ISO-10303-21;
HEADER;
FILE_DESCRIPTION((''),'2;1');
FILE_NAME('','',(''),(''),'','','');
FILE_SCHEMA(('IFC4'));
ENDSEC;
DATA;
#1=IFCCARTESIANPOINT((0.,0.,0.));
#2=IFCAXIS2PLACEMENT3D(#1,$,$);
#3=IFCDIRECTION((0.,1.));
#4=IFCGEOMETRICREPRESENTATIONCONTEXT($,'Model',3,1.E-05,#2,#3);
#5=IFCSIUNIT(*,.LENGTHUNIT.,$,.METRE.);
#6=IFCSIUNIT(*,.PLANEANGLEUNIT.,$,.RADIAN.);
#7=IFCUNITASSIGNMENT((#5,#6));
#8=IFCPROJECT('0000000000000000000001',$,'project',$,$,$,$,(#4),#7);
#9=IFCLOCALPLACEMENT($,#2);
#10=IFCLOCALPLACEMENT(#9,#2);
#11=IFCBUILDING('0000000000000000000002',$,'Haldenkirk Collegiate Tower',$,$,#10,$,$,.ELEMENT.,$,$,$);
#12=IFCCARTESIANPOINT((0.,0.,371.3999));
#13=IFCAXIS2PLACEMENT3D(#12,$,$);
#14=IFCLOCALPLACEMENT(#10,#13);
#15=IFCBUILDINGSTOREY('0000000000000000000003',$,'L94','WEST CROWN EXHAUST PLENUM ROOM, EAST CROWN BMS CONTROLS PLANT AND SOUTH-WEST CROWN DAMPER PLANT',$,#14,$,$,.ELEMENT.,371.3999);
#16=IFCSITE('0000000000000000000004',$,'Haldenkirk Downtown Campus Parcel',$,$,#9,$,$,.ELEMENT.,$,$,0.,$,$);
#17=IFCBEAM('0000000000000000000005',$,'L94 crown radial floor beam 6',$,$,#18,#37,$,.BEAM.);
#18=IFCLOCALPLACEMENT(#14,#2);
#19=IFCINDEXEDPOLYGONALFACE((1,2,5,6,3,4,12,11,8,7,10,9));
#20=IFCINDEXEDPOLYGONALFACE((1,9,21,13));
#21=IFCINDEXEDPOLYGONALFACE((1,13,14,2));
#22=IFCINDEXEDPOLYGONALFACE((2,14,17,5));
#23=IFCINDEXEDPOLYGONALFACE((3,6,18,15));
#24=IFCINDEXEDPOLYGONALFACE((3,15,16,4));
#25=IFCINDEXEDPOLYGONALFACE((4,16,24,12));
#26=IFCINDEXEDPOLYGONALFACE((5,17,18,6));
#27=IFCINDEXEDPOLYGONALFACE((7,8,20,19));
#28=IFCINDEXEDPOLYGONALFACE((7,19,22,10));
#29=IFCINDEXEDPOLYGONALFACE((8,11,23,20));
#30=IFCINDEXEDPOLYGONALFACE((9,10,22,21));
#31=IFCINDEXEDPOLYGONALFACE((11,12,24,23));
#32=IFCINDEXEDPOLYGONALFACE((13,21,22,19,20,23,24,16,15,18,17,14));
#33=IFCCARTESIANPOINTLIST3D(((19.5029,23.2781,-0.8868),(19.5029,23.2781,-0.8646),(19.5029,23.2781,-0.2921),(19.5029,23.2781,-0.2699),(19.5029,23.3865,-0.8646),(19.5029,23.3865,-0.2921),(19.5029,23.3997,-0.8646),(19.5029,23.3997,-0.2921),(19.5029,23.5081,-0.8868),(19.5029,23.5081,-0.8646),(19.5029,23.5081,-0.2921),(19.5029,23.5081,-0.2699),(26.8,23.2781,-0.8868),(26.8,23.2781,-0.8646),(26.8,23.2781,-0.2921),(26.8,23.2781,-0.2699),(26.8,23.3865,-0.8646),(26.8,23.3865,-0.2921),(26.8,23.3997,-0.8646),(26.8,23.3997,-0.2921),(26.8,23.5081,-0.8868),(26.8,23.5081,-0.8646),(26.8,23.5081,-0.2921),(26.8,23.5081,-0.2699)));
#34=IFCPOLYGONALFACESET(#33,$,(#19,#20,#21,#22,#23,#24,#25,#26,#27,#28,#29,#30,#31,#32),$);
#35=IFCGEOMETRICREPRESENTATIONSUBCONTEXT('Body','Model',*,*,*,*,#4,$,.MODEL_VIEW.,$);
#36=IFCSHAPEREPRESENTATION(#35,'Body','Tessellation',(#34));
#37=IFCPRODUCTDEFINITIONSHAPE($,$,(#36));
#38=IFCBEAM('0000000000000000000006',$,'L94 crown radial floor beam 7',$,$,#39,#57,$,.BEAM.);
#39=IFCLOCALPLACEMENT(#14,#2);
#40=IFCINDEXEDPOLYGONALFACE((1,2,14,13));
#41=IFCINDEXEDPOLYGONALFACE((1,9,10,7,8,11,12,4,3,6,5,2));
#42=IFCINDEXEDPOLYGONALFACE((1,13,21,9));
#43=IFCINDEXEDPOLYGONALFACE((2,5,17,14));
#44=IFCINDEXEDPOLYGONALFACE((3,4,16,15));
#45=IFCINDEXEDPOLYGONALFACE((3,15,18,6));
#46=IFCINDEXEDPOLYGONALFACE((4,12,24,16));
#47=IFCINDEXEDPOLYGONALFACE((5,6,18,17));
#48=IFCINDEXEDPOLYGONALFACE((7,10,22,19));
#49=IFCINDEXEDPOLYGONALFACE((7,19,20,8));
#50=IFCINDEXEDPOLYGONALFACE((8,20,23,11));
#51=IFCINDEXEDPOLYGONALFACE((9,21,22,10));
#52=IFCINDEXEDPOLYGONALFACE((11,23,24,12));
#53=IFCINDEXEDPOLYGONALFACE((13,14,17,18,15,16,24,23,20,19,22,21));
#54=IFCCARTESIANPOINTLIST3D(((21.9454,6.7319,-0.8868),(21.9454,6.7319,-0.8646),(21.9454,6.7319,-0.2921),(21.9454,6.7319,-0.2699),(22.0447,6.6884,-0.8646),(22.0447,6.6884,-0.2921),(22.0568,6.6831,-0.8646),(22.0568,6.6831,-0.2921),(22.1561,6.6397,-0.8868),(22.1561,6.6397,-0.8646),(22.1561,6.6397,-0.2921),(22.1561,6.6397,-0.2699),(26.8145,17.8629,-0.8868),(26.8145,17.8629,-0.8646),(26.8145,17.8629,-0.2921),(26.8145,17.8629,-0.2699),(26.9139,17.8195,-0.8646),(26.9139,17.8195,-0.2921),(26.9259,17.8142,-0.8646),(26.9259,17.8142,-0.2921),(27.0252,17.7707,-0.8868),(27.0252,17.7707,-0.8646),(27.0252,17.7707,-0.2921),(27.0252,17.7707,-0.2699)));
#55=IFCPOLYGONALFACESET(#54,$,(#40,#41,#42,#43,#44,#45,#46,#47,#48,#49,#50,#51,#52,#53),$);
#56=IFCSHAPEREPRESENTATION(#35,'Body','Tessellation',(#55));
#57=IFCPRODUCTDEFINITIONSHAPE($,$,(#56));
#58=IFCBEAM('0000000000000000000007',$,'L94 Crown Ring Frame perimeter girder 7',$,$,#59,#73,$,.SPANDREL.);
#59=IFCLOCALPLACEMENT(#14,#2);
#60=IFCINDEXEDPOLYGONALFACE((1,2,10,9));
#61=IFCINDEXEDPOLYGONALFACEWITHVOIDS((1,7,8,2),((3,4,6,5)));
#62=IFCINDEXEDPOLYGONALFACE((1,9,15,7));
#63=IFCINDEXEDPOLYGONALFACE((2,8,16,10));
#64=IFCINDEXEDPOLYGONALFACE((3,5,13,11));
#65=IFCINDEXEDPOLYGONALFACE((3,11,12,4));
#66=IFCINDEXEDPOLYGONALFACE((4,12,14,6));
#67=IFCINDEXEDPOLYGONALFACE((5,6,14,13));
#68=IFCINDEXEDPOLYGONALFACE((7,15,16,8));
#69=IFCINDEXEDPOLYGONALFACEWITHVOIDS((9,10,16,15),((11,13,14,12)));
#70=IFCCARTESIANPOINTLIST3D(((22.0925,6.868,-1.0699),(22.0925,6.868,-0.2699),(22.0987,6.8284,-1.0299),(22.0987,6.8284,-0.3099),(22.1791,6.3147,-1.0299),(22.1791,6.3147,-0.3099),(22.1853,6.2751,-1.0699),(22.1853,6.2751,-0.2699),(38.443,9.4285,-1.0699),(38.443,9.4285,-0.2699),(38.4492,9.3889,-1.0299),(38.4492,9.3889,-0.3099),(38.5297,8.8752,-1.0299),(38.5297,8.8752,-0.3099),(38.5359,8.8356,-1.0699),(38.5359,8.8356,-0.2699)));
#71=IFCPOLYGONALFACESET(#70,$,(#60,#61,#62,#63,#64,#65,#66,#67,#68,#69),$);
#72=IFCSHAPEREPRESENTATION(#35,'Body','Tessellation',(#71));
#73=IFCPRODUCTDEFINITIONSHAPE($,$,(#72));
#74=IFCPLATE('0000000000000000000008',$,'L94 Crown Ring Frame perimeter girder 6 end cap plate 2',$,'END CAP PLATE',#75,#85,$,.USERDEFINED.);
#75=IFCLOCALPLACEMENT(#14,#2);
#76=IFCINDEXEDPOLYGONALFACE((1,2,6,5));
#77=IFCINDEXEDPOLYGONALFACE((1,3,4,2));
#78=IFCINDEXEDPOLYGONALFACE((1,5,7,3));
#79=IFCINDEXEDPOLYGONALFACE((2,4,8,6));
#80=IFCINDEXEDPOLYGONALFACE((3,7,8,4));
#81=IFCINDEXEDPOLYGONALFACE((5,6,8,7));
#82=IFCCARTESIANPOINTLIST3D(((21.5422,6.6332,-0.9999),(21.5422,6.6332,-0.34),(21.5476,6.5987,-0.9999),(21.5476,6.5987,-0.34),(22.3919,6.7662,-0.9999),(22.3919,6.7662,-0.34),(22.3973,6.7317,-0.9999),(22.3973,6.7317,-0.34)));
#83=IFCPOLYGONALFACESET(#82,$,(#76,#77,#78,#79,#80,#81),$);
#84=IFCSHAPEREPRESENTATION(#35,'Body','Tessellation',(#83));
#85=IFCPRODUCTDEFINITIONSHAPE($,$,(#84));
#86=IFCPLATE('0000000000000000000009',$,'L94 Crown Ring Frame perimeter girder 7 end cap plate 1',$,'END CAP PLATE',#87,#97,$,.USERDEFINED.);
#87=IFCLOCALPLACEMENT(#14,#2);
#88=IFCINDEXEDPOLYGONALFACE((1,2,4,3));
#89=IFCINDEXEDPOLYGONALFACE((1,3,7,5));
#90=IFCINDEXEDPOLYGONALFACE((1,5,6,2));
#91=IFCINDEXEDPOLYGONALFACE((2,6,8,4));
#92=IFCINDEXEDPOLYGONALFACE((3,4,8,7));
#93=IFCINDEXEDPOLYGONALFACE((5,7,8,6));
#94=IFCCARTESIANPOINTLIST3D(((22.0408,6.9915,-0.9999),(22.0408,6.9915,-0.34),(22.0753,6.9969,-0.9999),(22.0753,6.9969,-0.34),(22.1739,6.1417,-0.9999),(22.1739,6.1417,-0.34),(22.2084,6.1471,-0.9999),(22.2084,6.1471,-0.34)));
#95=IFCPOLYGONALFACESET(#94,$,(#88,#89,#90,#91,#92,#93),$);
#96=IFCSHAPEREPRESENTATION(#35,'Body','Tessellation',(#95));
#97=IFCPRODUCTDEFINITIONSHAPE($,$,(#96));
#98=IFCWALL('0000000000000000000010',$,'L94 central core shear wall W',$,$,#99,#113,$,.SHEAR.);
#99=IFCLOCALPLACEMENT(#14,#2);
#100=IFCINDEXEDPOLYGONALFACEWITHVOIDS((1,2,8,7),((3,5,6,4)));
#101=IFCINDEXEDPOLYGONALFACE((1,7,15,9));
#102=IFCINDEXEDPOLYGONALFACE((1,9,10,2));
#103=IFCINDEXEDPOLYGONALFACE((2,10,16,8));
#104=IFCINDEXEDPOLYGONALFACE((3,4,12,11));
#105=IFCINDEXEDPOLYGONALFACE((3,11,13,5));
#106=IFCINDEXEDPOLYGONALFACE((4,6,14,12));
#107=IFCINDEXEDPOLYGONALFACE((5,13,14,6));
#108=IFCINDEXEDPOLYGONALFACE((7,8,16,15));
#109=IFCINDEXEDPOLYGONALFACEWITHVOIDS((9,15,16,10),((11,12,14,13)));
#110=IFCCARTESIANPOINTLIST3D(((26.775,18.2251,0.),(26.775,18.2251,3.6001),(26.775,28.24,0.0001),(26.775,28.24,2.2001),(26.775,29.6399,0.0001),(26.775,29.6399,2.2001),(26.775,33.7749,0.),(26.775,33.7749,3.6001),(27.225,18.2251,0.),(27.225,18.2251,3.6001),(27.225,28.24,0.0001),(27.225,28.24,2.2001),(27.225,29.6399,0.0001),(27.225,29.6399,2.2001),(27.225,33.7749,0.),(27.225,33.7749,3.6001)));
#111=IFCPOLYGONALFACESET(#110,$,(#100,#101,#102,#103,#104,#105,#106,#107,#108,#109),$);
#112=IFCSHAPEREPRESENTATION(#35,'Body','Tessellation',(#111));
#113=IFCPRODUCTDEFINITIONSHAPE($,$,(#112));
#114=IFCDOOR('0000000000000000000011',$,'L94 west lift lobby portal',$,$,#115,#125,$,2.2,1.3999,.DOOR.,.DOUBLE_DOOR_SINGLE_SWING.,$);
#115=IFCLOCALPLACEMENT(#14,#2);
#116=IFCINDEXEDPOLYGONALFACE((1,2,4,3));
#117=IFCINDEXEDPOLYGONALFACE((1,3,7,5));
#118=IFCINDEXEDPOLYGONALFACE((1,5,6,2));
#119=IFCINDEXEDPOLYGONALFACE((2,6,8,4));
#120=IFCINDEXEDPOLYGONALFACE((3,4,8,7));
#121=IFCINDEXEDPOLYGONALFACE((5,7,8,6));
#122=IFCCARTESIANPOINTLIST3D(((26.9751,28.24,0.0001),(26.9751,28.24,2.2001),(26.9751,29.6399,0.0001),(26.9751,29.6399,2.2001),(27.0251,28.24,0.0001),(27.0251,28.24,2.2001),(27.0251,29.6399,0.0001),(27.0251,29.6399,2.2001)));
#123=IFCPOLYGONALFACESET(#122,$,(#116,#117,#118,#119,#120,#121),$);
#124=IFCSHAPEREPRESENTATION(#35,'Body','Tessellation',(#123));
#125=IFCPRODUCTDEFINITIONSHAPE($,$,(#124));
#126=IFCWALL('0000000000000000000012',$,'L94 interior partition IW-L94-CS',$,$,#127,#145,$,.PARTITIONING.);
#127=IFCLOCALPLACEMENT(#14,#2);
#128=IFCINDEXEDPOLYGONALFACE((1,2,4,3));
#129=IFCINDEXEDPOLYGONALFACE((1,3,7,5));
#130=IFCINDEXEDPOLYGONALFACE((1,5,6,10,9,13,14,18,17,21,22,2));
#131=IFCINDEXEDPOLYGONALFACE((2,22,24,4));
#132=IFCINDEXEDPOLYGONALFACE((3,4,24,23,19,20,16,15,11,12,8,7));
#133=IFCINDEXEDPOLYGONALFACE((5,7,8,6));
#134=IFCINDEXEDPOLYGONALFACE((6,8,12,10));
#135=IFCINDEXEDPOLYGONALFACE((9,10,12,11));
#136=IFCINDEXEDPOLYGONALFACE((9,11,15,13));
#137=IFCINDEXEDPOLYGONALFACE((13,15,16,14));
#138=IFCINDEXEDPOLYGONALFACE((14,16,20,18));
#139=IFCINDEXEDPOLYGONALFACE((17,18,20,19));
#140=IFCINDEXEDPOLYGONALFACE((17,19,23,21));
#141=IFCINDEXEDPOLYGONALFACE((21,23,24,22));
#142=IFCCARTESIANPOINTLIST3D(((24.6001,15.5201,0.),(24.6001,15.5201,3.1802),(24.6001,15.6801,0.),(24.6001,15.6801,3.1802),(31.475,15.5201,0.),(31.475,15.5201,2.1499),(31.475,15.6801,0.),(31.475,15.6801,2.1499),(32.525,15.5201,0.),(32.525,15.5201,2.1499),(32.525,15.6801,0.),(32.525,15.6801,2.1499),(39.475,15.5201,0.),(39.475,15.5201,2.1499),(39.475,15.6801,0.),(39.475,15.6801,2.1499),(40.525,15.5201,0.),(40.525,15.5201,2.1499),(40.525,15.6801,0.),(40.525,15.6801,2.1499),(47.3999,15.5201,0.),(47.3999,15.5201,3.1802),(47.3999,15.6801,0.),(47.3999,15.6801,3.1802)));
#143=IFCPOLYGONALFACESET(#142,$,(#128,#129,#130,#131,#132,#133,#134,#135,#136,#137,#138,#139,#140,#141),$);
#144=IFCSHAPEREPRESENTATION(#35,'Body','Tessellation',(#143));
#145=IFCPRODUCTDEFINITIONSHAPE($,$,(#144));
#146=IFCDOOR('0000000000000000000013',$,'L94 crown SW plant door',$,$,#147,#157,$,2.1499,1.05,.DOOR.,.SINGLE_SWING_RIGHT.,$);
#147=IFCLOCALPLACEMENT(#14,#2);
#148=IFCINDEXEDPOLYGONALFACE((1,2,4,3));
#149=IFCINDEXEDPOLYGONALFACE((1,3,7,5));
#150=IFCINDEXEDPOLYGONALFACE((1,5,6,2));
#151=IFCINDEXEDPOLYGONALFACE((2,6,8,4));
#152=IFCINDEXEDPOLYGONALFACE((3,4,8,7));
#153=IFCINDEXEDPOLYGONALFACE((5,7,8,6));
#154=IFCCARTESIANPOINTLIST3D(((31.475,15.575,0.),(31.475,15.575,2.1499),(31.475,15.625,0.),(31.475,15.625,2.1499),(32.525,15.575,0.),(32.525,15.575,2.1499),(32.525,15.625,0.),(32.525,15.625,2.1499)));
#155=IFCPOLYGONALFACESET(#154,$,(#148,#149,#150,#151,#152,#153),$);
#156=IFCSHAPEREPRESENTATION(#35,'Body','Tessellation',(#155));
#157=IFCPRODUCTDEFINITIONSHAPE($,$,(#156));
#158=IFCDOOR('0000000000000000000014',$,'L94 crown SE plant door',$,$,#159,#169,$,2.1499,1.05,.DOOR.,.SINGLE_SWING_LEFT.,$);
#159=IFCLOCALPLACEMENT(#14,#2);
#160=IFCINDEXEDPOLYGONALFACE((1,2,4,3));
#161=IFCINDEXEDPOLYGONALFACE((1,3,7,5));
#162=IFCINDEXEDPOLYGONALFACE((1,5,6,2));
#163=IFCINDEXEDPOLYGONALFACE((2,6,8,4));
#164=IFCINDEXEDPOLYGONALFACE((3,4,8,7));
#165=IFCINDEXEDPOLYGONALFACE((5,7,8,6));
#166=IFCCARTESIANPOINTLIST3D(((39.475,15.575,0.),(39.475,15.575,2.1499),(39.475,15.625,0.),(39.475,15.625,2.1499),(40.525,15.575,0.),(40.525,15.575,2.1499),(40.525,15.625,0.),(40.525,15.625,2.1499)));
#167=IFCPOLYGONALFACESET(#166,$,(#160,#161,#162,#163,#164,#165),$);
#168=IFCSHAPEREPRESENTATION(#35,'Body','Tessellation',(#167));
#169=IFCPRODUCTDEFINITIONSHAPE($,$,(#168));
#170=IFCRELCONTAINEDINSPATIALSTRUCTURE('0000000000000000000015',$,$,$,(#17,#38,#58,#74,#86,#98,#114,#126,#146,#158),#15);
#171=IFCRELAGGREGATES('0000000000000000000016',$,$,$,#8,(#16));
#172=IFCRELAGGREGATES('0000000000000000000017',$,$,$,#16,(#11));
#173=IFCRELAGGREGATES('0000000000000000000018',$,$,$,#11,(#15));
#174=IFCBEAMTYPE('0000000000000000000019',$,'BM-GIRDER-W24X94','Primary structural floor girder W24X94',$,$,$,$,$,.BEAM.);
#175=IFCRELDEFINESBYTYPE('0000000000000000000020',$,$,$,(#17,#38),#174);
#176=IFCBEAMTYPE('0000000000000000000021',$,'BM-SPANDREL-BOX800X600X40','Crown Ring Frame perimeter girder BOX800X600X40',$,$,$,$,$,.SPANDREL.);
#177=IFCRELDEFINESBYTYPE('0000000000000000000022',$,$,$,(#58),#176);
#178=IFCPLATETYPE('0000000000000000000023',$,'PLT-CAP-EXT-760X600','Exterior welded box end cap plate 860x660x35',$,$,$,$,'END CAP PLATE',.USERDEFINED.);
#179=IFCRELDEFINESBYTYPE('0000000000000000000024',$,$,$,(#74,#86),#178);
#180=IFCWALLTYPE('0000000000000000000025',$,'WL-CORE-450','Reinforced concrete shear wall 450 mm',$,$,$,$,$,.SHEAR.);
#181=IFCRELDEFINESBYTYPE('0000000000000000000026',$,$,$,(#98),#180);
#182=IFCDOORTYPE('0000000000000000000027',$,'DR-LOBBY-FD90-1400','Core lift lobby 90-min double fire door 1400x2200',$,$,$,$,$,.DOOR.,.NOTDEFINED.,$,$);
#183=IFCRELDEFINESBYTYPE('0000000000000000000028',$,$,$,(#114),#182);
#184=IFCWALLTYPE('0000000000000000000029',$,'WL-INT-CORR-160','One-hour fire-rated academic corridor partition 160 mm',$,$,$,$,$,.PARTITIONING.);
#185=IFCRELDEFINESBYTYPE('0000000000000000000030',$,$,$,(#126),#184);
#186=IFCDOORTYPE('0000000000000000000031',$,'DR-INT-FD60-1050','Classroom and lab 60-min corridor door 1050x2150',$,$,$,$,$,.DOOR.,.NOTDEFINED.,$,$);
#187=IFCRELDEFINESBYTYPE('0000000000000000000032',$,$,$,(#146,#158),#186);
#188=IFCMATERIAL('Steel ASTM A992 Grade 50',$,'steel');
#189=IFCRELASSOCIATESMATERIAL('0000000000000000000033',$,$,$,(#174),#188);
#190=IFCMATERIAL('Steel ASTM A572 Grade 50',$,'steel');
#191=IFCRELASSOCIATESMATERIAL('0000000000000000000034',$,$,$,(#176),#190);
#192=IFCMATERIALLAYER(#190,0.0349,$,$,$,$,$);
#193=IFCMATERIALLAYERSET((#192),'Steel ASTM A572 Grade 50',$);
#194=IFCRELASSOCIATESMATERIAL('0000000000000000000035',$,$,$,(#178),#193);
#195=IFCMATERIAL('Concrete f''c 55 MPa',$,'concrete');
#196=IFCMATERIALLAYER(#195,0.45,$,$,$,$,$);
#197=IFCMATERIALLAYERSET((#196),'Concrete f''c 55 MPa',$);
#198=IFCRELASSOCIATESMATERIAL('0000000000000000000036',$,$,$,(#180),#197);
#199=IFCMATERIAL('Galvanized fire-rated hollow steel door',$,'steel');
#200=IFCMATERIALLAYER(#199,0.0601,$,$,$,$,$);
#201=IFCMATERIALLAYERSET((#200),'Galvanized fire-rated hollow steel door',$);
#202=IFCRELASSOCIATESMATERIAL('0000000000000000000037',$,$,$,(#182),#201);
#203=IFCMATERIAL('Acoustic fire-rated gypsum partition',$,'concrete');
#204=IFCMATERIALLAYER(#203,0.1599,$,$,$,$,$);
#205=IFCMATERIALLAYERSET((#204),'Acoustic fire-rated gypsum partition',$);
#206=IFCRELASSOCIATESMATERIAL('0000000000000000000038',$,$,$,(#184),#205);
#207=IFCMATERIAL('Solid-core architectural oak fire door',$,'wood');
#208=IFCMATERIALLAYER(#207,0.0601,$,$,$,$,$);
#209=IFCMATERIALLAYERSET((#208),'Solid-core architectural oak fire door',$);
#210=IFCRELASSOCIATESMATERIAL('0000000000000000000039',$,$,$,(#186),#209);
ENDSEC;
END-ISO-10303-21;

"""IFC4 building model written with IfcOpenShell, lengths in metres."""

from ifc_helpers import new_model, si_unit, direction, frame, frame_2d, origin, origin_2d, place, context, subcontext, project, spatial, rectangle, hollow_rectangle, i_section, extrude, source, transform, mapped, material, layer, layer_set, material_profile, profile_set, type_object, element, fill, save


model = new_model("IFC4")

# Units and contexts
model_context = context("Model", 3, precision=1e-05, world=origin(), true_north=direction((0.0, 1.0)))
body_context = subcontext(model_context, "Body", "Model", "MODEL_VIEW")
ifc_project = project(units=[si_unit("LENGTHUNIT", "METRE"), si_unit("PLANEANGLEUNIT", "RADIAN")], contexts=[model_context])

# Site, building, storey
site_placement = place(None, origin())
site = spatial("IfcSite", under=ifc_project, at=site_placement, Name="Haldenkirk Downtown Campus Parcel", CompositionType="ELEMENT", RefElevation=0.0)
building_placement = place(site_placement, origin())
building = spatial("IfcBuilding", under=site, at=building_placement, Name="Haldenkirk Collegiate Tower", CompositionType="ELEMENT")
storey_placement = place(building_placement, frame((0.0, 0.0, 371.3999)))
storey = spatial("IfcBuildingStorey", under=building, at=storey_placement, Name="L94", Description="WEST CROWN EXHAUST PLENUM ROOM, EAST CROWN BMS CONTROLS PLANT AND SOUTH-WEST CROWN DAMPER PLANT", CompositionType="ELEMENT", Elevation=371.3999)

# Beams
ifc_material_1 = material(Name="Steel ASTM A992 Grade 50", Category="steel")
ifc_material_profile_1 = material_profile(ifc_material_1, i_section(OverallWidth=0.23, OverallDepth=0.6169, WebThickness=0.0132, FlangeThickness=0.0222, at=origin_2d()), Name="W24X94")
ifc_profile_set_1 = profile_set([ifc_material_profile_1], Name="Steel ASTM A992 Grade 50")
beam_type_1 = type_object("IfcBeamType", Name="BM-GIRDER-W24X94", Description="Primary structural floor girder W24X94", PredefinedType="BEAM", material=ifc_profile_set_1)
beam_1_placement = place(storey_placement, frame((19.5029, 23.3931, -0.5784), z_axis=(1.0, 0.0, 0.0), x_axis=(0.0, 1.0, 0.0)))
element("IfcBeam", 1, at=beam_1_placement, inside=storey, type_object=beam_type_1, Name="L94 crown radial floor beam 6", PredefinedType="BEAM", context=body_context, shape_type="SweptSolid", body=[
    extrude(i_section(OverallWidth=0.23, OverallDepth=0.6169, WebThickness=0.0132, FlangeThickness=0.0222, at=origin_2d()), origin(), (0.0, 0.0, 1.0), 7.2971),
])
beam_2_placement = place(storey_placement, frame((22.0508, 6.6858, -0.5784), z_axis=(0.400769, 0.916179, 0.0), x_axis=(-0.916179, 0.400769, 0.0)))
element("IfcBeam", 2, at=beam_2_placement, inside=storey, type_object=beam_type_1, Name="L94 crown radial floor beam 7", PredefinedType="BEAM", context=body_context, shape_type="SweptSolid", body=[
    extrude(i_section(OverallWidth=0.23, OverallDepth=0.6169, WebThickness=0.0132, FlangeThickness=0.0222, at=origin_2d()), origin(), (0.0, 0.0, 1.0), 12.1494),
])
ifc_material_2 = material(Name="Steel ASTM A572 Grade 50", Category="steel")
ifc_material_profile_2 = material_profile(ifc_material_2, hollow_rectangle(XDim=0.6001, YDim=0.8, WallThickness=0.04, at=origin_2d()), Name="BOX800X600X40")
ifc_profile_set_2 = profile_set([ifc_material_profile_2], Name="Steel ASTM A572 Grade 50")
beam_type_2 = type_object("IfcBeamType", Name="BM-SPANDREL-BOX800X600X40", Description="Crown Ring Frame perimeter girder BOX800X600X40", PredefinedType="SPANDREL", material=ifc_profile_set_2)
beam_3_placement = place(storey_placement, frame((22.1389, 6.5715, -0.6699), z_axis=(0.987959, 0.154717, 0.0), x_axis=(-0.154717, 0.987959, 0.0)))
element("IfcBeam", 3, at=beam_3_placement, inside=storey, type_object=beam_type_2, Name="L94 Crown Ring Frame perimeter girder 7", PredefinedType="SPANDREL", context=body_context, shape_type="SweptSolid", body=[
    extrude(hollow_rectangle(XDim=0.6001, YDim=0.8, WallThickness=0.04, at=origin_2d()), origin(), (0.0, 0.0, 1.0), 16.5498),
])

# Plates
ifc_layer_1 = layer(ifc_material_2, 0.0349)
ifc_layer_set_1 = layer_set([ifc_layer_1], Name="Steel ASTM A572 Grade 50")
plate_type = type_object("IfcPlateType", Name="PLT-CAP-EXT-760X600", Description="Exterior welded box end cap plate 860x660x35", ElementType="END CAP PLATE", PredefinedType="USERDEFINED", material=ifc_layer_set_1)
shared_shape = source(origin(), body_context, "Body", "SweptSolid", [
    extrude(rectangle(XDim=0.8601, YDim=0.6599, at=origin_2d()), origin(), (0.0, 0.0, 1.0), 0.0349),
])
for number, where, z_axis, x_axis, name in (
    (4, (21.967, 6.6997, -0.6699), (0.154711, -0.98796, 0.0), (0.98796, 0.154711, 0.0), "L94 Crown Ring Frame perimeter girder 6 end cap plate 2"),
    (5, (22.1418, 6.572, -0.6699), (-0.987959, -0.154713, 0.0), (0.154713, -0.987959, 0.0), "L94 Crown Ring Frame perimeter girder 7 end cap plate 1"),
):
    element("IfcPlate", number, at=place(storey_placement, frame(where, z_axis=z_axis, x_axis=x_axis)), inside=storey, type_object=plate_type, Name=name, ObjectType="END CAP PLATE", PredefinedType="USERDEFINED", context=body_context, shape_type="MappedRepresentation", body=[
        mapped(shared_shape, transform((0.0, 0.0, 0.0), x_axis=(1.0, 0.0, 0.0), y_axis=(0.0, 1.0, 0.0), z_axis=(0.0, 0.0, 1.0), scale=1.0)),
    ])

# Shared definitions
ifc_material_3 = material(Name="Concrete f'c 55 MPa", Category="concrete")
ifc_layer_2 = layer(ifc_material_3, 0.45)
ifc_layer_set_2 = layer_set([ifc_layer_2], Name="Concrete f'c 55 MPa")
wall_type_1 = type_object("IfcWallType", Name="WL-CORE-450", Description="Reinforced concrete shear wall 450 mm", PredefinedType="SHEAR", material=ifc_layer_set_2)
ifc_material_4 = material(Name="Galvanized fire-rated hollow steel door", Category="steel")

# Wall, opening, door
wall_1_placement = place(storey_placement, frame((27.0, 18.2251, 0.0), z_axis=(0.0, 0.0, 1.0), x_axis=(0.0, 1.0, 0.0)))
wall_1 = element("IfcWall", 6, at=wall_1_placement, inside=storey, type_object=wall_type_1, Name="L94 central core shear wall W", PredefinedType="SHEAR", context=body_context, shape_type="SweptSolid", body=[
    extrude(rectangle(XDim=15.5498, YDim=0.45, at=frame_2d((7.7749, 0.0))), origin(), (0.0, 0.0, 1.0), 3.6001),
])
opening_1_placement = place(wall_1_placement, frame((10.0149, 0.0, 0.0)))
opening_1 = element("IfcOpeningElement", 7, at=opening_1_placement, cuts=wall_1, PredefinedType="OPENING", context=body_context, shape_type="SweptSolid", body=[
    extrude(rectangle(XDim=1.3999, YDim=2.2, at=frame_2d((0.7, 1.1001))), frame((0.0, 0.2349, 0.0), z_axis=(0.0, -1.0, 0.0), x_axis=(1.0, 0.0, 0.0)), (0.0, 0.0, 1.0), 0.47),
])
ifc_layer_3 = layer(ifc_material_4, 0.0601)
ifc_layer_set_3 = layer_set([ifc_layer_3], Name="Galvanized fire-rated hollow steel door")
door_type_1 = type_object("IfcDoorType", Name="DR-LOBBY-FD90-1400", Description="Core lift lobby 90-min double fire door 1400x2200", OperationType="NOTDEFINED", PredefinedType="DOOR", material=ifc_layer_set_3)
door_1_placement = place(opening_1_placement, origin())
door_1 = element("IfcDoor", 8, at=door_1_placement, inside=storey, type_object=door_type_1, Name="L94 west lift lobby portal", OperationType="DOUBLE_DOOR_SINGLE_SWING", OverallHeight=2.2, OverallWidth=1.3999, PredefinedType="DOOR", context=body_context, shape_type="SweptSolid", body=[
    extrude(rectangle(XDim=1.3999, YDim=2.2, at=frame_2d((0.7, 1.1001))), frame((0.0, 0.0249, 0.0), z_axis=(0.0, -1.0, 0.0), x_axis=(1.0, 0.0, 0.0)), (0.0, 0.0, 1.0), 0.05),
])
fill(opening_1, door_1)

# Wall, openings, doors
ifc_material_5 = material(Name="Acoustic fire-rated gypsum partition", Category="concrete")
ifc_layer_4 = layer(ifc_material_5, 0.1599)
ifc_layer_set_4 = layer_set([ifc_layer_4], Name="Acoustic fire-rated gypsum partition")
wall_type_2 = type_object("IfcWallType", Name="WL-INT-CORR-160", Description="One-hour fire-rated academic corridor partition 160 mm", PredefinedType="PARTITIONING", material=ifc_layer_set_4)
wall_2_placement = place(storey_placement, frame((24.6001, 15.6001, 0.0), z_axis=(0.0, 0.0, 1.0), x_axis=(1.0, 0.0, 0.0)))
wall_2 = element("IfcWall", 9, at=wall_2_placement, inside=storey, type_object=wall_type_2, Name="L94 interior partition IW-L94-CS", PredefinedType="PARTITIONING", context=body_context, shape_type="SweptSolid", body=[
    extrude(rectangle(XDim=22.7998, YDim=0.1599, at=frame_2d((11.3999, 0.0))), origin(), (0.0, 0.0, 1.0), 3.1802),
])
opening_2_placement = place(wall_2_placement, frame((6.875, 0.0, 0.0)))
opening_2 = element("IfcOpeningElement", 10, at=opening_2_placement, cuts=wall_2, PredefinedType="OPENING", context=body_context, shape_type="SweptSolid", body=[
    extrude(rectangle(XDim=1.05, YDim=2.1499, at=frame_2d((0.5249, 1.075))), frame((0.0, 0.0898, 0.0), z_axis=(0.0, -1.0, 0.0), x_axis=(1.0, 0.0, 0.0)), (0.0, 0.0, 1.0), 0.1799),
])
opening_3_placement = place(wall_2_placement, frame((14.875, 0.0, 0.0)))
opening_3 = element("IfcOpeningElement", 11, at=opening_3_placement, cuts=wall_2, PredefinedType="OPENING", context=body_context, shape_type="SweptSolid", body=[
    extrude(rectangle(XDim=1.05, YDim=2.1499, at=frame_2d((0.5249, 1.075))), frame((0.0, 0.0898, 0.0), z_axis=(0.0, -1.0, 0.0), x_axis=(1.0, 0.0, 0.0)), (0.0, 0.0, 1.0), 0.1799),
])
ifc_material_6 = material(Name="Solid-core architectural oak fire door", Category="wood")
ifc_layer_5 = layer(ifc_material_6, 0.0601)
ifc_layer_set_5 = layer_set([ifc_layer_5], Name="Solid-core architectural oak fire door")
door_type_2 = type_object("IfcDoorType", Name="DR-INT-FD60-1050", Description="Classroom and lab 60-min corridor door 1050x2150", OperationType="NOTDEFINED", PredefinedType="DOOR", material=ifc_layer_set_5)
door_2_placement = place(opening_2_placement, origin())
door_2 = element("IfcDoor", 12, at=door_2_placement, inside=storey, type_object=door_type_2, Name="L94 crown SW plant door", OperationType="SINGLE_SWING_RIGHT", OverallHeight=2.1499, OverallWidth=1.05, PredefinedType="DOOR", context=body_context, shape_type="SweptSolid", body=[
    extrude(rectangle(XDim=1.05, YDim=2.1499, at=frame_2d((0.5249, 1.075))), frame((0.0, 0.0249, 0.0), z_axis=(0.0, -1.0, 0.0), x_axis=(1.0, 0.0, 0.0)), (0.0, 0.0, 1.0), 0.05),
])
fill(opening_2, door_2)
door_3_placement = place(opening_3_placement, origin())
door_3 = element("IfcDoor", 13, at=door_3_placement, inside=storey, type_object=door_type_2, Name="L94 crown SE plant door", OperationType="SINGLE_SWING_LEFT", OverallHeight=2.1499, OverallWidth=1.05, PredefinedType="DOOR", context=body_context, shape_type="SweptSolid", body=[
    extrude(rectangle(XDim=1.05, YDim=2.1499, at=frame_2d((0.5249, 1.075))), frame((0.0, 0.0249, 0.0), z_axis=(0.0, -1.0, 0.0), x_axis=(1.0, 0.0, 0.0)), (0.0, 0.0, 1.0), 0.05),
])
fill(opening_3, door_3)

save(model, "model.ifc")
